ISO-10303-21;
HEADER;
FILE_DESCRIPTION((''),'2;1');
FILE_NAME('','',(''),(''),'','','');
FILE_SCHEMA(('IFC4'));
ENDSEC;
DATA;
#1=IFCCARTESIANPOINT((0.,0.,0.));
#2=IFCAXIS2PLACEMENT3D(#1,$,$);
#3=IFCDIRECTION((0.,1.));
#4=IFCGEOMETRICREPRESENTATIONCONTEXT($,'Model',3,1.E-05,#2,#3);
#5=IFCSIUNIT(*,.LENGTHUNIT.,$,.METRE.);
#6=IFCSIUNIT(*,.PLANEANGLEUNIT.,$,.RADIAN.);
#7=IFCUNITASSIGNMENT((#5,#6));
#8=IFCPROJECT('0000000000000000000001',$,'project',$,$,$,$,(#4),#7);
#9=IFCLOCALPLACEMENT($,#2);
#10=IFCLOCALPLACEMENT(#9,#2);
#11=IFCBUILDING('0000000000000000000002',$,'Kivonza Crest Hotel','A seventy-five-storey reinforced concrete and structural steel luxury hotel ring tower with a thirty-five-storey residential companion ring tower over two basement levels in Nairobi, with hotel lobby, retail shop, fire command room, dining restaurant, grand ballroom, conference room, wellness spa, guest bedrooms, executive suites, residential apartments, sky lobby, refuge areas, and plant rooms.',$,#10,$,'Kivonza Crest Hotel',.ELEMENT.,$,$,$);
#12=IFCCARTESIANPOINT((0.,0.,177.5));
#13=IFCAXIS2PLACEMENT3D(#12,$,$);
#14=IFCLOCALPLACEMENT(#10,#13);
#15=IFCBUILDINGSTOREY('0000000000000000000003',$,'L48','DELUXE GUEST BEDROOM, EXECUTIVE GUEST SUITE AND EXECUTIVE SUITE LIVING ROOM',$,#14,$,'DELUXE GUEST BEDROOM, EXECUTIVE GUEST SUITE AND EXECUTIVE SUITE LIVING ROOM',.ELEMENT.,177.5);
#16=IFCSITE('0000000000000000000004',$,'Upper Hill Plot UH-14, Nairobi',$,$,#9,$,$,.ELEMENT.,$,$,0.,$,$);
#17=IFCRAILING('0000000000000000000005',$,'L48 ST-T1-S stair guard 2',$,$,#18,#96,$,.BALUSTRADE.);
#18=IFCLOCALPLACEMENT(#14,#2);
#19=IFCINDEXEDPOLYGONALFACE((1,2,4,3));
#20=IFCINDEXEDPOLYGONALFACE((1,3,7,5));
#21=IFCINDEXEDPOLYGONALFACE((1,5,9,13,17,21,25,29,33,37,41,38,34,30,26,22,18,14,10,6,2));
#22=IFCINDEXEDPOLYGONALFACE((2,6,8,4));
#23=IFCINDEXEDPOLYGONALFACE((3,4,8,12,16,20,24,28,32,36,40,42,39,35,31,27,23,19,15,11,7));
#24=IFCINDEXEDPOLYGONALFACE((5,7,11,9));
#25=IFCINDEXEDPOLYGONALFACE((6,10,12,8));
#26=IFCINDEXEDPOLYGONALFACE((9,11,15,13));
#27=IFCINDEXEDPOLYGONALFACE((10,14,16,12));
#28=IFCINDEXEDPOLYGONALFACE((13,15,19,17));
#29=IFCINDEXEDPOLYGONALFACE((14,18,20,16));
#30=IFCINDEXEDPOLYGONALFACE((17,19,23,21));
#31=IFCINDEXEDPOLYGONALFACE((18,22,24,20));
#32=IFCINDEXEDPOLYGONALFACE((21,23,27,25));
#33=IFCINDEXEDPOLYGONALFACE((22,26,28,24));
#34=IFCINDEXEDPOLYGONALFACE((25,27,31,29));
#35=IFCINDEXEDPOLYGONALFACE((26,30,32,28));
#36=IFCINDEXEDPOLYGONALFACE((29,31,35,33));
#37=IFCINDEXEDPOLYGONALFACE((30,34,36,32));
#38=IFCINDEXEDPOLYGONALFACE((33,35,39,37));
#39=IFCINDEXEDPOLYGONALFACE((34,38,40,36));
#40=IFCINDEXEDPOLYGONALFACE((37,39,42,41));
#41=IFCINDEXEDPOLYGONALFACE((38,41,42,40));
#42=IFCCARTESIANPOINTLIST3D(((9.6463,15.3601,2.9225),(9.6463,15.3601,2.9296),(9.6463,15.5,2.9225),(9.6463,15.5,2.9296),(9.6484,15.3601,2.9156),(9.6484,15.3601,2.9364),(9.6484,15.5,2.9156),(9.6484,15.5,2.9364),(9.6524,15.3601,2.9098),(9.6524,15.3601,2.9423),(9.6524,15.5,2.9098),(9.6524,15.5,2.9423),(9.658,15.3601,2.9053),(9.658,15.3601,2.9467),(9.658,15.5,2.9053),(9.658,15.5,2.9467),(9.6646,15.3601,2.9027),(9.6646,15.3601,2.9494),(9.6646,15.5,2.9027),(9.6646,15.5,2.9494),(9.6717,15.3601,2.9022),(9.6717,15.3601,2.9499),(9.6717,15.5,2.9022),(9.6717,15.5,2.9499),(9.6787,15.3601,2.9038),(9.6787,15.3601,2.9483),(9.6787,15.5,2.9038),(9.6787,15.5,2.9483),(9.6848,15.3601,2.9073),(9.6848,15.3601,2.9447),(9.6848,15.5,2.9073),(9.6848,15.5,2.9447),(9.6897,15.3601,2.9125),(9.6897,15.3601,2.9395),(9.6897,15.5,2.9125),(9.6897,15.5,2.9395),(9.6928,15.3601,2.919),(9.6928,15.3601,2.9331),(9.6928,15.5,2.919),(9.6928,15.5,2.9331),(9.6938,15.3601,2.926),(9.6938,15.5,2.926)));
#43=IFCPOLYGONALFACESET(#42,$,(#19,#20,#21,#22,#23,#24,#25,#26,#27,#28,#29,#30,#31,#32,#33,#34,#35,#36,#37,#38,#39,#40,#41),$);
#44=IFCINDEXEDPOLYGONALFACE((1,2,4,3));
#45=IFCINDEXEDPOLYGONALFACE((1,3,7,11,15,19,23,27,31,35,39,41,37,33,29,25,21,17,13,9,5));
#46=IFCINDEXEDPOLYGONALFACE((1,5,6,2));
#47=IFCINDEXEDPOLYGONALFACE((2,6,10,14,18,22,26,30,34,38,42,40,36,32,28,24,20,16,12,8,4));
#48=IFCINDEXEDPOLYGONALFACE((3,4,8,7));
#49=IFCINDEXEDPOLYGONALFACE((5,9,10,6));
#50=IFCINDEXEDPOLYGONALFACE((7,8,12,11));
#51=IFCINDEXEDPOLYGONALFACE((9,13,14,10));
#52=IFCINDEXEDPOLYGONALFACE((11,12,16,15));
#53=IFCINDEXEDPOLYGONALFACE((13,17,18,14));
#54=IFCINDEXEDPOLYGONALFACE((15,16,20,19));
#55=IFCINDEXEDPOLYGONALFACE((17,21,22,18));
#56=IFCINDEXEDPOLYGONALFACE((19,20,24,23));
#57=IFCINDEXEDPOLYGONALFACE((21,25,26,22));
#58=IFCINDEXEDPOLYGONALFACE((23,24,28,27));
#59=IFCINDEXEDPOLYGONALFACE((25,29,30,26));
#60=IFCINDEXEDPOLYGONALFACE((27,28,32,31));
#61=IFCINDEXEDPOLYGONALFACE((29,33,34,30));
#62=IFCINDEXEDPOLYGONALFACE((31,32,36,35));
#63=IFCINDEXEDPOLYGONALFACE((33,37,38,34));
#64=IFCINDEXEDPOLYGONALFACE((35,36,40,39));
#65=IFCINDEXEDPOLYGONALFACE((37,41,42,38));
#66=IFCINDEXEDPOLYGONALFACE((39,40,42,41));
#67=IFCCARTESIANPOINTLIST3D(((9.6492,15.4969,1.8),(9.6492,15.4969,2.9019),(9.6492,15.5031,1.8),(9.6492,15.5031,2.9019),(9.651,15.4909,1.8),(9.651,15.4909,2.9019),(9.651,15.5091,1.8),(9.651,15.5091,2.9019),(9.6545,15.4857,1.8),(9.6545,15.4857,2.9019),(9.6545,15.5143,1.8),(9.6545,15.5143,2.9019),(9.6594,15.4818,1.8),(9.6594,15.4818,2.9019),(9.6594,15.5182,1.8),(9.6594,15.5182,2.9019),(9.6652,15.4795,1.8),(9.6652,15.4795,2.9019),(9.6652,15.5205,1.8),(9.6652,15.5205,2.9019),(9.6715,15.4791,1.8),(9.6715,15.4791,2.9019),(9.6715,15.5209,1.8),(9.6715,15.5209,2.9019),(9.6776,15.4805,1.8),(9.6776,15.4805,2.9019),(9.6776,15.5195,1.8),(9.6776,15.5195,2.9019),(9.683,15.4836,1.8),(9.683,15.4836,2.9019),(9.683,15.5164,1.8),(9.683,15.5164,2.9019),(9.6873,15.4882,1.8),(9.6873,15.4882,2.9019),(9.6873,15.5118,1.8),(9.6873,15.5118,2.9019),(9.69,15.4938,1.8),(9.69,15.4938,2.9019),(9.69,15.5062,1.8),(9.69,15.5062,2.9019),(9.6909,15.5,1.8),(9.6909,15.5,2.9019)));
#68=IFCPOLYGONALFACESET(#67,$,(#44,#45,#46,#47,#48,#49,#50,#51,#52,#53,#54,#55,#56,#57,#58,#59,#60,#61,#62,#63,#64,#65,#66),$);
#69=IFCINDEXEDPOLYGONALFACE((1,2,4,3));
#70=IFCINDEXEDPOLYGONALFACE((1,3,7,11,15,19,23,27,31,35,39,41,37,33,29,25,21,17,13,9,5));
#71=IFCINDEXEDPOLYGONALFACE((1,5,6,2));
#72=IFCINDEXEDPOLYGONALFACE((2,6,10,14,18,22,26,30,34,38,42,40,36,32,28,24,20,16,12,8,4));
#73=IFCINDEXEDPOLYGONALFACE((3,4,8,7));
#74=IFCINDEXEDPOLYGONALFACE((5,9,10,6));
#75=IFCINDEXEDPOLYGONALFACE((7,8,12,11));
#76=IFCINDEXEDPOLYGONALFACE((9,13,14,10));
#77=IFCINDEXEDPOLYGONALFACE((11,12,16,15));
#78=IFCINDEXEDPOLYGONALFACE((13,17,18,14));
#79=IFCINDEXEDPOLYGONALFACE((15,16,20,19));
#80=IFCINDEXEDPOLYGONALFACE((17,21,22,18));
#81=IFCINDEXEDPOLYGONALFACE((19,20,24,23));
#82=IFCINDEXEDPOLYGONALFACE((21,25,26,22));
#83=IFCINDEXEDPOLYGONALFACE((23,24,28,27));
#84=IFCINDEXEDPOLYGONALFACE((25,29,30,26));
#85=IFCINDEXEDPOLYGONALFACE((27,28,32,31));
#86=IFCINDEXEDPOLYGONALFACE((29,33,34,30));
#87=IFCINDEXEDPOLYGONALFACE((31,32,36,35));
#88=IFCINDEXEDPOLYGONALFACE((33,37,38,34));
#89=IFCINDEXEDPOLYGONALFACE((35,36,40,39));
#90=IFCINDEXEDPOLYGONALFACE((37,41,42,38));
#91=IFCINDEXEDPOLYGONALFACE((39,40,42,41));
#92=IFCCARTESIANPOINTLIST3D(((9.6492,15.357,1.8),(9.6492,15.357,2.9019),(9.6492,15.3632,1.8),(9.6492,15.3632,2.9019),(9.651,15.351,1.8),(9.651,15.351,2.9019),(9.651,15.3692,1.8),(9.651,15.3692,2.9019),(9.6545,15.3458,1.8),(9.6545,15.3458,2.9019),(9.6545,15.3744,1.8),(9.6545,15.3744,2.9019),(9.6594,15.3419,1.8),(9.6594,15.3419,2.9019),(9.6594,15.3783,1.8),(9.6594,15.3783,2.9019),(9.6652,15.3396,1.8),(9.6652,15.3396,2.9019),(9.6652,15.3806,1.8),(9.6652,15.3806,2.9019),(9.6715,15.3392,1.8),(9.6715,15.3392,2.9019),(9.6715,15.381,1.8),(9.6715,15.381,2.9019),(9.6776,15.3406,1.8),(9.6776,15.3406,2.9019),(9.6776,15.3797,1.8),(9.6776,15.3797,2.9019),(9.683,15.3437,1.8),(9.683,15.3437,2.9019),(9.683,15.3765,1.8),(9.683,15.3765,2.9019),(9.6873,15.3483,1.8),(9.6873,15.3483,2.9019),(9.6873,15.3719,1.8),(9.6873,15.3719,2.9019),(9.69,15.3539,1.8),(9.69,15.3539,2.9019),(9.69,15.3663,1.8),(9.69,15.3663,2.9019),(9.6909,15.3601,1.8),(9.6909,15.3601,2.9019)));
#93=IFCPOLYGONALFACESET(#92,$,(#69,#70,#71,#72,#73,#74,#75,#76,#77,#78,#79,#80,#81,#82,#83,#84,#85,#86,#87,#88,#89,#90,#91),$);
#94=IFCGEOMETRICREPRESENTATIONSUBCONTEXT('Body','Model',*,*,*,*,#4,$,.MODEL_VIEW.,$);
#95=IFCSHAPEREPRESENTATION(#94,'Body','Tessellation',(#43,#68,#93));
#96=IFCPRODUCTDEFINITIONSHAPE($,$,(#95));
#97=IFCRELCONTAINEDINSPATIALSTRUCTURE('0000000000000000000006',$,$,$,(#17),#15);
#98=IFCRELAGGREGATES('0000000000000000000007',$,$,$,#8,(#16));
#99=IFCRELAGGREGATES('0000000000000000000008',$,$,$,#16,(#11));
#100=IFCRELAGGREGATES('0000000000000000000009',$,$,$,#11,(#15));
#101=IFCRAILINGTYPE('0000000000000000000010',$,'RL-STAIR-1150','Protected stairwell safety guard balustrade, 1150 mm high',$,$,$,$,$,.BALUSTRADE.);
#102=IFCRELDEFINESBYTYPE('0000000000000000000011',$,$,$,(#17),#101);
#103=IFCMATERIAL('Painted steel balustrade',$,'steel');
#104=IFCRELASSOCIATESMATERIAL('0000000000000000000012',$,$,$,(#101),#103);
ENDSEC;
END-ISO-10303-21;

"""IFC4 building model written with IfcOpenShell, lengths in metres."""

from ifc_helpers import new_model, si_unit, direction, frame, origin, origin_2d, place, context, subcontext, project, spatial, circle, extrude, material, type_object, element, save


model = new_model("IFC4")

# Units and contexts
model_context = context("Model", 3, precision=1e-05, world=origin(), true_north=direction((0.0, 1.0)))
body_context = subcontext(model_context, "Body", "Model", "MODEL_VIEW")
ifc_project = project(units=[si_unit("LENGTHUNIT", "METRE"), si_unit("PLANEANGLEUNIT", "RADIAN")], contexts=[model_context])

# Site, building, storey
site_placement = place(None, origin())
site = spatial("IfcSite", under=ifc_project, at=site_placement, Name="Upper Hill Plot UH-14, Nairobi", CompositionType="ELEMENT", RefElevation=0.0)
building_placement = place(site_placement, origin())
building = spatial("IfcBuilding", under=site, at=building_placement, Name="Kivonza Crest Hotel", Description="A seventy-five-storey reinforced concrete and structural steel luxury hotel ring tower with a thirty-five-storey residential companion ring tower over two basement levels in Nairobi, with hotel lobby, retail shop, fire command room, dining restaurant, grand ballroom, conference room, wellness spa, guest bedrooms, executive suites, residential apartments, sky lobby, refuge areas, and plant rooms.", LongName="Kivonza Crest Hotel", CompositionType="ELEMENT")
storey_placement = place(building_placement, frame((0.0, 0.0, 177.5)))
storey = spatial("IfcBuildingStorey", under=building, at=storey_placement, Name="L48", Description="DELUXE GUEST BEDROOM, EXECUTIVE GUEST SUITE AND EXECUTIVE SUITE LIVING ROOM", LongName="DELUXE GUEST BEDROOM, EXECUTIVE GUEST SUITE AND EXECUTIVE SUITE LIVING ROOM", CompositionType="ELEMENT", Elevation=177.5)

# Railing
ifc_material_1 = material(Name="Painted steel balustrade", Category="steel")
railing_type_1 = type_object("IfcRailingType", Name="RL-STAIR-1150", Description="Protected stairwell safety guard balustrade, 1150 mm high", PredefinedType="BALUSTRADE", material=ifc_material_1)
railing_1_placement = place(storey_placement, frame((9.6699, 15.5, 1.8)))
element("IfcRailing", 1, at=railing_1_placement, inside=storey, type_object=railing_type_1, Name="L48 ST-T1-S stair guard 2", PredefinedType="BALUSTRADE", context=body_context, shape_type="SweptSolid", body=[
    extrude(circle(Radius=0.0239, at=origin_2d()), frame((0.0, 0.0, 1.126), z_axis=(0.0, -1.0, 0.0), x_axis=(1.0, 0.0, 0.0)), (0.0, 0.0, 1.0), 0.1399),
    extrude(circle(Radius=0.021, at=origin_2d()), origin(), (0.0, 0.0, 1.0), 1.1018),
    extrude(circle(Radius=0.021, at=origin_2d()), frame((0.0, -0.1399, 0.0)), (0.0, 0.0, 1.0), 1.1018),
])

save(model, "model.ifc")
